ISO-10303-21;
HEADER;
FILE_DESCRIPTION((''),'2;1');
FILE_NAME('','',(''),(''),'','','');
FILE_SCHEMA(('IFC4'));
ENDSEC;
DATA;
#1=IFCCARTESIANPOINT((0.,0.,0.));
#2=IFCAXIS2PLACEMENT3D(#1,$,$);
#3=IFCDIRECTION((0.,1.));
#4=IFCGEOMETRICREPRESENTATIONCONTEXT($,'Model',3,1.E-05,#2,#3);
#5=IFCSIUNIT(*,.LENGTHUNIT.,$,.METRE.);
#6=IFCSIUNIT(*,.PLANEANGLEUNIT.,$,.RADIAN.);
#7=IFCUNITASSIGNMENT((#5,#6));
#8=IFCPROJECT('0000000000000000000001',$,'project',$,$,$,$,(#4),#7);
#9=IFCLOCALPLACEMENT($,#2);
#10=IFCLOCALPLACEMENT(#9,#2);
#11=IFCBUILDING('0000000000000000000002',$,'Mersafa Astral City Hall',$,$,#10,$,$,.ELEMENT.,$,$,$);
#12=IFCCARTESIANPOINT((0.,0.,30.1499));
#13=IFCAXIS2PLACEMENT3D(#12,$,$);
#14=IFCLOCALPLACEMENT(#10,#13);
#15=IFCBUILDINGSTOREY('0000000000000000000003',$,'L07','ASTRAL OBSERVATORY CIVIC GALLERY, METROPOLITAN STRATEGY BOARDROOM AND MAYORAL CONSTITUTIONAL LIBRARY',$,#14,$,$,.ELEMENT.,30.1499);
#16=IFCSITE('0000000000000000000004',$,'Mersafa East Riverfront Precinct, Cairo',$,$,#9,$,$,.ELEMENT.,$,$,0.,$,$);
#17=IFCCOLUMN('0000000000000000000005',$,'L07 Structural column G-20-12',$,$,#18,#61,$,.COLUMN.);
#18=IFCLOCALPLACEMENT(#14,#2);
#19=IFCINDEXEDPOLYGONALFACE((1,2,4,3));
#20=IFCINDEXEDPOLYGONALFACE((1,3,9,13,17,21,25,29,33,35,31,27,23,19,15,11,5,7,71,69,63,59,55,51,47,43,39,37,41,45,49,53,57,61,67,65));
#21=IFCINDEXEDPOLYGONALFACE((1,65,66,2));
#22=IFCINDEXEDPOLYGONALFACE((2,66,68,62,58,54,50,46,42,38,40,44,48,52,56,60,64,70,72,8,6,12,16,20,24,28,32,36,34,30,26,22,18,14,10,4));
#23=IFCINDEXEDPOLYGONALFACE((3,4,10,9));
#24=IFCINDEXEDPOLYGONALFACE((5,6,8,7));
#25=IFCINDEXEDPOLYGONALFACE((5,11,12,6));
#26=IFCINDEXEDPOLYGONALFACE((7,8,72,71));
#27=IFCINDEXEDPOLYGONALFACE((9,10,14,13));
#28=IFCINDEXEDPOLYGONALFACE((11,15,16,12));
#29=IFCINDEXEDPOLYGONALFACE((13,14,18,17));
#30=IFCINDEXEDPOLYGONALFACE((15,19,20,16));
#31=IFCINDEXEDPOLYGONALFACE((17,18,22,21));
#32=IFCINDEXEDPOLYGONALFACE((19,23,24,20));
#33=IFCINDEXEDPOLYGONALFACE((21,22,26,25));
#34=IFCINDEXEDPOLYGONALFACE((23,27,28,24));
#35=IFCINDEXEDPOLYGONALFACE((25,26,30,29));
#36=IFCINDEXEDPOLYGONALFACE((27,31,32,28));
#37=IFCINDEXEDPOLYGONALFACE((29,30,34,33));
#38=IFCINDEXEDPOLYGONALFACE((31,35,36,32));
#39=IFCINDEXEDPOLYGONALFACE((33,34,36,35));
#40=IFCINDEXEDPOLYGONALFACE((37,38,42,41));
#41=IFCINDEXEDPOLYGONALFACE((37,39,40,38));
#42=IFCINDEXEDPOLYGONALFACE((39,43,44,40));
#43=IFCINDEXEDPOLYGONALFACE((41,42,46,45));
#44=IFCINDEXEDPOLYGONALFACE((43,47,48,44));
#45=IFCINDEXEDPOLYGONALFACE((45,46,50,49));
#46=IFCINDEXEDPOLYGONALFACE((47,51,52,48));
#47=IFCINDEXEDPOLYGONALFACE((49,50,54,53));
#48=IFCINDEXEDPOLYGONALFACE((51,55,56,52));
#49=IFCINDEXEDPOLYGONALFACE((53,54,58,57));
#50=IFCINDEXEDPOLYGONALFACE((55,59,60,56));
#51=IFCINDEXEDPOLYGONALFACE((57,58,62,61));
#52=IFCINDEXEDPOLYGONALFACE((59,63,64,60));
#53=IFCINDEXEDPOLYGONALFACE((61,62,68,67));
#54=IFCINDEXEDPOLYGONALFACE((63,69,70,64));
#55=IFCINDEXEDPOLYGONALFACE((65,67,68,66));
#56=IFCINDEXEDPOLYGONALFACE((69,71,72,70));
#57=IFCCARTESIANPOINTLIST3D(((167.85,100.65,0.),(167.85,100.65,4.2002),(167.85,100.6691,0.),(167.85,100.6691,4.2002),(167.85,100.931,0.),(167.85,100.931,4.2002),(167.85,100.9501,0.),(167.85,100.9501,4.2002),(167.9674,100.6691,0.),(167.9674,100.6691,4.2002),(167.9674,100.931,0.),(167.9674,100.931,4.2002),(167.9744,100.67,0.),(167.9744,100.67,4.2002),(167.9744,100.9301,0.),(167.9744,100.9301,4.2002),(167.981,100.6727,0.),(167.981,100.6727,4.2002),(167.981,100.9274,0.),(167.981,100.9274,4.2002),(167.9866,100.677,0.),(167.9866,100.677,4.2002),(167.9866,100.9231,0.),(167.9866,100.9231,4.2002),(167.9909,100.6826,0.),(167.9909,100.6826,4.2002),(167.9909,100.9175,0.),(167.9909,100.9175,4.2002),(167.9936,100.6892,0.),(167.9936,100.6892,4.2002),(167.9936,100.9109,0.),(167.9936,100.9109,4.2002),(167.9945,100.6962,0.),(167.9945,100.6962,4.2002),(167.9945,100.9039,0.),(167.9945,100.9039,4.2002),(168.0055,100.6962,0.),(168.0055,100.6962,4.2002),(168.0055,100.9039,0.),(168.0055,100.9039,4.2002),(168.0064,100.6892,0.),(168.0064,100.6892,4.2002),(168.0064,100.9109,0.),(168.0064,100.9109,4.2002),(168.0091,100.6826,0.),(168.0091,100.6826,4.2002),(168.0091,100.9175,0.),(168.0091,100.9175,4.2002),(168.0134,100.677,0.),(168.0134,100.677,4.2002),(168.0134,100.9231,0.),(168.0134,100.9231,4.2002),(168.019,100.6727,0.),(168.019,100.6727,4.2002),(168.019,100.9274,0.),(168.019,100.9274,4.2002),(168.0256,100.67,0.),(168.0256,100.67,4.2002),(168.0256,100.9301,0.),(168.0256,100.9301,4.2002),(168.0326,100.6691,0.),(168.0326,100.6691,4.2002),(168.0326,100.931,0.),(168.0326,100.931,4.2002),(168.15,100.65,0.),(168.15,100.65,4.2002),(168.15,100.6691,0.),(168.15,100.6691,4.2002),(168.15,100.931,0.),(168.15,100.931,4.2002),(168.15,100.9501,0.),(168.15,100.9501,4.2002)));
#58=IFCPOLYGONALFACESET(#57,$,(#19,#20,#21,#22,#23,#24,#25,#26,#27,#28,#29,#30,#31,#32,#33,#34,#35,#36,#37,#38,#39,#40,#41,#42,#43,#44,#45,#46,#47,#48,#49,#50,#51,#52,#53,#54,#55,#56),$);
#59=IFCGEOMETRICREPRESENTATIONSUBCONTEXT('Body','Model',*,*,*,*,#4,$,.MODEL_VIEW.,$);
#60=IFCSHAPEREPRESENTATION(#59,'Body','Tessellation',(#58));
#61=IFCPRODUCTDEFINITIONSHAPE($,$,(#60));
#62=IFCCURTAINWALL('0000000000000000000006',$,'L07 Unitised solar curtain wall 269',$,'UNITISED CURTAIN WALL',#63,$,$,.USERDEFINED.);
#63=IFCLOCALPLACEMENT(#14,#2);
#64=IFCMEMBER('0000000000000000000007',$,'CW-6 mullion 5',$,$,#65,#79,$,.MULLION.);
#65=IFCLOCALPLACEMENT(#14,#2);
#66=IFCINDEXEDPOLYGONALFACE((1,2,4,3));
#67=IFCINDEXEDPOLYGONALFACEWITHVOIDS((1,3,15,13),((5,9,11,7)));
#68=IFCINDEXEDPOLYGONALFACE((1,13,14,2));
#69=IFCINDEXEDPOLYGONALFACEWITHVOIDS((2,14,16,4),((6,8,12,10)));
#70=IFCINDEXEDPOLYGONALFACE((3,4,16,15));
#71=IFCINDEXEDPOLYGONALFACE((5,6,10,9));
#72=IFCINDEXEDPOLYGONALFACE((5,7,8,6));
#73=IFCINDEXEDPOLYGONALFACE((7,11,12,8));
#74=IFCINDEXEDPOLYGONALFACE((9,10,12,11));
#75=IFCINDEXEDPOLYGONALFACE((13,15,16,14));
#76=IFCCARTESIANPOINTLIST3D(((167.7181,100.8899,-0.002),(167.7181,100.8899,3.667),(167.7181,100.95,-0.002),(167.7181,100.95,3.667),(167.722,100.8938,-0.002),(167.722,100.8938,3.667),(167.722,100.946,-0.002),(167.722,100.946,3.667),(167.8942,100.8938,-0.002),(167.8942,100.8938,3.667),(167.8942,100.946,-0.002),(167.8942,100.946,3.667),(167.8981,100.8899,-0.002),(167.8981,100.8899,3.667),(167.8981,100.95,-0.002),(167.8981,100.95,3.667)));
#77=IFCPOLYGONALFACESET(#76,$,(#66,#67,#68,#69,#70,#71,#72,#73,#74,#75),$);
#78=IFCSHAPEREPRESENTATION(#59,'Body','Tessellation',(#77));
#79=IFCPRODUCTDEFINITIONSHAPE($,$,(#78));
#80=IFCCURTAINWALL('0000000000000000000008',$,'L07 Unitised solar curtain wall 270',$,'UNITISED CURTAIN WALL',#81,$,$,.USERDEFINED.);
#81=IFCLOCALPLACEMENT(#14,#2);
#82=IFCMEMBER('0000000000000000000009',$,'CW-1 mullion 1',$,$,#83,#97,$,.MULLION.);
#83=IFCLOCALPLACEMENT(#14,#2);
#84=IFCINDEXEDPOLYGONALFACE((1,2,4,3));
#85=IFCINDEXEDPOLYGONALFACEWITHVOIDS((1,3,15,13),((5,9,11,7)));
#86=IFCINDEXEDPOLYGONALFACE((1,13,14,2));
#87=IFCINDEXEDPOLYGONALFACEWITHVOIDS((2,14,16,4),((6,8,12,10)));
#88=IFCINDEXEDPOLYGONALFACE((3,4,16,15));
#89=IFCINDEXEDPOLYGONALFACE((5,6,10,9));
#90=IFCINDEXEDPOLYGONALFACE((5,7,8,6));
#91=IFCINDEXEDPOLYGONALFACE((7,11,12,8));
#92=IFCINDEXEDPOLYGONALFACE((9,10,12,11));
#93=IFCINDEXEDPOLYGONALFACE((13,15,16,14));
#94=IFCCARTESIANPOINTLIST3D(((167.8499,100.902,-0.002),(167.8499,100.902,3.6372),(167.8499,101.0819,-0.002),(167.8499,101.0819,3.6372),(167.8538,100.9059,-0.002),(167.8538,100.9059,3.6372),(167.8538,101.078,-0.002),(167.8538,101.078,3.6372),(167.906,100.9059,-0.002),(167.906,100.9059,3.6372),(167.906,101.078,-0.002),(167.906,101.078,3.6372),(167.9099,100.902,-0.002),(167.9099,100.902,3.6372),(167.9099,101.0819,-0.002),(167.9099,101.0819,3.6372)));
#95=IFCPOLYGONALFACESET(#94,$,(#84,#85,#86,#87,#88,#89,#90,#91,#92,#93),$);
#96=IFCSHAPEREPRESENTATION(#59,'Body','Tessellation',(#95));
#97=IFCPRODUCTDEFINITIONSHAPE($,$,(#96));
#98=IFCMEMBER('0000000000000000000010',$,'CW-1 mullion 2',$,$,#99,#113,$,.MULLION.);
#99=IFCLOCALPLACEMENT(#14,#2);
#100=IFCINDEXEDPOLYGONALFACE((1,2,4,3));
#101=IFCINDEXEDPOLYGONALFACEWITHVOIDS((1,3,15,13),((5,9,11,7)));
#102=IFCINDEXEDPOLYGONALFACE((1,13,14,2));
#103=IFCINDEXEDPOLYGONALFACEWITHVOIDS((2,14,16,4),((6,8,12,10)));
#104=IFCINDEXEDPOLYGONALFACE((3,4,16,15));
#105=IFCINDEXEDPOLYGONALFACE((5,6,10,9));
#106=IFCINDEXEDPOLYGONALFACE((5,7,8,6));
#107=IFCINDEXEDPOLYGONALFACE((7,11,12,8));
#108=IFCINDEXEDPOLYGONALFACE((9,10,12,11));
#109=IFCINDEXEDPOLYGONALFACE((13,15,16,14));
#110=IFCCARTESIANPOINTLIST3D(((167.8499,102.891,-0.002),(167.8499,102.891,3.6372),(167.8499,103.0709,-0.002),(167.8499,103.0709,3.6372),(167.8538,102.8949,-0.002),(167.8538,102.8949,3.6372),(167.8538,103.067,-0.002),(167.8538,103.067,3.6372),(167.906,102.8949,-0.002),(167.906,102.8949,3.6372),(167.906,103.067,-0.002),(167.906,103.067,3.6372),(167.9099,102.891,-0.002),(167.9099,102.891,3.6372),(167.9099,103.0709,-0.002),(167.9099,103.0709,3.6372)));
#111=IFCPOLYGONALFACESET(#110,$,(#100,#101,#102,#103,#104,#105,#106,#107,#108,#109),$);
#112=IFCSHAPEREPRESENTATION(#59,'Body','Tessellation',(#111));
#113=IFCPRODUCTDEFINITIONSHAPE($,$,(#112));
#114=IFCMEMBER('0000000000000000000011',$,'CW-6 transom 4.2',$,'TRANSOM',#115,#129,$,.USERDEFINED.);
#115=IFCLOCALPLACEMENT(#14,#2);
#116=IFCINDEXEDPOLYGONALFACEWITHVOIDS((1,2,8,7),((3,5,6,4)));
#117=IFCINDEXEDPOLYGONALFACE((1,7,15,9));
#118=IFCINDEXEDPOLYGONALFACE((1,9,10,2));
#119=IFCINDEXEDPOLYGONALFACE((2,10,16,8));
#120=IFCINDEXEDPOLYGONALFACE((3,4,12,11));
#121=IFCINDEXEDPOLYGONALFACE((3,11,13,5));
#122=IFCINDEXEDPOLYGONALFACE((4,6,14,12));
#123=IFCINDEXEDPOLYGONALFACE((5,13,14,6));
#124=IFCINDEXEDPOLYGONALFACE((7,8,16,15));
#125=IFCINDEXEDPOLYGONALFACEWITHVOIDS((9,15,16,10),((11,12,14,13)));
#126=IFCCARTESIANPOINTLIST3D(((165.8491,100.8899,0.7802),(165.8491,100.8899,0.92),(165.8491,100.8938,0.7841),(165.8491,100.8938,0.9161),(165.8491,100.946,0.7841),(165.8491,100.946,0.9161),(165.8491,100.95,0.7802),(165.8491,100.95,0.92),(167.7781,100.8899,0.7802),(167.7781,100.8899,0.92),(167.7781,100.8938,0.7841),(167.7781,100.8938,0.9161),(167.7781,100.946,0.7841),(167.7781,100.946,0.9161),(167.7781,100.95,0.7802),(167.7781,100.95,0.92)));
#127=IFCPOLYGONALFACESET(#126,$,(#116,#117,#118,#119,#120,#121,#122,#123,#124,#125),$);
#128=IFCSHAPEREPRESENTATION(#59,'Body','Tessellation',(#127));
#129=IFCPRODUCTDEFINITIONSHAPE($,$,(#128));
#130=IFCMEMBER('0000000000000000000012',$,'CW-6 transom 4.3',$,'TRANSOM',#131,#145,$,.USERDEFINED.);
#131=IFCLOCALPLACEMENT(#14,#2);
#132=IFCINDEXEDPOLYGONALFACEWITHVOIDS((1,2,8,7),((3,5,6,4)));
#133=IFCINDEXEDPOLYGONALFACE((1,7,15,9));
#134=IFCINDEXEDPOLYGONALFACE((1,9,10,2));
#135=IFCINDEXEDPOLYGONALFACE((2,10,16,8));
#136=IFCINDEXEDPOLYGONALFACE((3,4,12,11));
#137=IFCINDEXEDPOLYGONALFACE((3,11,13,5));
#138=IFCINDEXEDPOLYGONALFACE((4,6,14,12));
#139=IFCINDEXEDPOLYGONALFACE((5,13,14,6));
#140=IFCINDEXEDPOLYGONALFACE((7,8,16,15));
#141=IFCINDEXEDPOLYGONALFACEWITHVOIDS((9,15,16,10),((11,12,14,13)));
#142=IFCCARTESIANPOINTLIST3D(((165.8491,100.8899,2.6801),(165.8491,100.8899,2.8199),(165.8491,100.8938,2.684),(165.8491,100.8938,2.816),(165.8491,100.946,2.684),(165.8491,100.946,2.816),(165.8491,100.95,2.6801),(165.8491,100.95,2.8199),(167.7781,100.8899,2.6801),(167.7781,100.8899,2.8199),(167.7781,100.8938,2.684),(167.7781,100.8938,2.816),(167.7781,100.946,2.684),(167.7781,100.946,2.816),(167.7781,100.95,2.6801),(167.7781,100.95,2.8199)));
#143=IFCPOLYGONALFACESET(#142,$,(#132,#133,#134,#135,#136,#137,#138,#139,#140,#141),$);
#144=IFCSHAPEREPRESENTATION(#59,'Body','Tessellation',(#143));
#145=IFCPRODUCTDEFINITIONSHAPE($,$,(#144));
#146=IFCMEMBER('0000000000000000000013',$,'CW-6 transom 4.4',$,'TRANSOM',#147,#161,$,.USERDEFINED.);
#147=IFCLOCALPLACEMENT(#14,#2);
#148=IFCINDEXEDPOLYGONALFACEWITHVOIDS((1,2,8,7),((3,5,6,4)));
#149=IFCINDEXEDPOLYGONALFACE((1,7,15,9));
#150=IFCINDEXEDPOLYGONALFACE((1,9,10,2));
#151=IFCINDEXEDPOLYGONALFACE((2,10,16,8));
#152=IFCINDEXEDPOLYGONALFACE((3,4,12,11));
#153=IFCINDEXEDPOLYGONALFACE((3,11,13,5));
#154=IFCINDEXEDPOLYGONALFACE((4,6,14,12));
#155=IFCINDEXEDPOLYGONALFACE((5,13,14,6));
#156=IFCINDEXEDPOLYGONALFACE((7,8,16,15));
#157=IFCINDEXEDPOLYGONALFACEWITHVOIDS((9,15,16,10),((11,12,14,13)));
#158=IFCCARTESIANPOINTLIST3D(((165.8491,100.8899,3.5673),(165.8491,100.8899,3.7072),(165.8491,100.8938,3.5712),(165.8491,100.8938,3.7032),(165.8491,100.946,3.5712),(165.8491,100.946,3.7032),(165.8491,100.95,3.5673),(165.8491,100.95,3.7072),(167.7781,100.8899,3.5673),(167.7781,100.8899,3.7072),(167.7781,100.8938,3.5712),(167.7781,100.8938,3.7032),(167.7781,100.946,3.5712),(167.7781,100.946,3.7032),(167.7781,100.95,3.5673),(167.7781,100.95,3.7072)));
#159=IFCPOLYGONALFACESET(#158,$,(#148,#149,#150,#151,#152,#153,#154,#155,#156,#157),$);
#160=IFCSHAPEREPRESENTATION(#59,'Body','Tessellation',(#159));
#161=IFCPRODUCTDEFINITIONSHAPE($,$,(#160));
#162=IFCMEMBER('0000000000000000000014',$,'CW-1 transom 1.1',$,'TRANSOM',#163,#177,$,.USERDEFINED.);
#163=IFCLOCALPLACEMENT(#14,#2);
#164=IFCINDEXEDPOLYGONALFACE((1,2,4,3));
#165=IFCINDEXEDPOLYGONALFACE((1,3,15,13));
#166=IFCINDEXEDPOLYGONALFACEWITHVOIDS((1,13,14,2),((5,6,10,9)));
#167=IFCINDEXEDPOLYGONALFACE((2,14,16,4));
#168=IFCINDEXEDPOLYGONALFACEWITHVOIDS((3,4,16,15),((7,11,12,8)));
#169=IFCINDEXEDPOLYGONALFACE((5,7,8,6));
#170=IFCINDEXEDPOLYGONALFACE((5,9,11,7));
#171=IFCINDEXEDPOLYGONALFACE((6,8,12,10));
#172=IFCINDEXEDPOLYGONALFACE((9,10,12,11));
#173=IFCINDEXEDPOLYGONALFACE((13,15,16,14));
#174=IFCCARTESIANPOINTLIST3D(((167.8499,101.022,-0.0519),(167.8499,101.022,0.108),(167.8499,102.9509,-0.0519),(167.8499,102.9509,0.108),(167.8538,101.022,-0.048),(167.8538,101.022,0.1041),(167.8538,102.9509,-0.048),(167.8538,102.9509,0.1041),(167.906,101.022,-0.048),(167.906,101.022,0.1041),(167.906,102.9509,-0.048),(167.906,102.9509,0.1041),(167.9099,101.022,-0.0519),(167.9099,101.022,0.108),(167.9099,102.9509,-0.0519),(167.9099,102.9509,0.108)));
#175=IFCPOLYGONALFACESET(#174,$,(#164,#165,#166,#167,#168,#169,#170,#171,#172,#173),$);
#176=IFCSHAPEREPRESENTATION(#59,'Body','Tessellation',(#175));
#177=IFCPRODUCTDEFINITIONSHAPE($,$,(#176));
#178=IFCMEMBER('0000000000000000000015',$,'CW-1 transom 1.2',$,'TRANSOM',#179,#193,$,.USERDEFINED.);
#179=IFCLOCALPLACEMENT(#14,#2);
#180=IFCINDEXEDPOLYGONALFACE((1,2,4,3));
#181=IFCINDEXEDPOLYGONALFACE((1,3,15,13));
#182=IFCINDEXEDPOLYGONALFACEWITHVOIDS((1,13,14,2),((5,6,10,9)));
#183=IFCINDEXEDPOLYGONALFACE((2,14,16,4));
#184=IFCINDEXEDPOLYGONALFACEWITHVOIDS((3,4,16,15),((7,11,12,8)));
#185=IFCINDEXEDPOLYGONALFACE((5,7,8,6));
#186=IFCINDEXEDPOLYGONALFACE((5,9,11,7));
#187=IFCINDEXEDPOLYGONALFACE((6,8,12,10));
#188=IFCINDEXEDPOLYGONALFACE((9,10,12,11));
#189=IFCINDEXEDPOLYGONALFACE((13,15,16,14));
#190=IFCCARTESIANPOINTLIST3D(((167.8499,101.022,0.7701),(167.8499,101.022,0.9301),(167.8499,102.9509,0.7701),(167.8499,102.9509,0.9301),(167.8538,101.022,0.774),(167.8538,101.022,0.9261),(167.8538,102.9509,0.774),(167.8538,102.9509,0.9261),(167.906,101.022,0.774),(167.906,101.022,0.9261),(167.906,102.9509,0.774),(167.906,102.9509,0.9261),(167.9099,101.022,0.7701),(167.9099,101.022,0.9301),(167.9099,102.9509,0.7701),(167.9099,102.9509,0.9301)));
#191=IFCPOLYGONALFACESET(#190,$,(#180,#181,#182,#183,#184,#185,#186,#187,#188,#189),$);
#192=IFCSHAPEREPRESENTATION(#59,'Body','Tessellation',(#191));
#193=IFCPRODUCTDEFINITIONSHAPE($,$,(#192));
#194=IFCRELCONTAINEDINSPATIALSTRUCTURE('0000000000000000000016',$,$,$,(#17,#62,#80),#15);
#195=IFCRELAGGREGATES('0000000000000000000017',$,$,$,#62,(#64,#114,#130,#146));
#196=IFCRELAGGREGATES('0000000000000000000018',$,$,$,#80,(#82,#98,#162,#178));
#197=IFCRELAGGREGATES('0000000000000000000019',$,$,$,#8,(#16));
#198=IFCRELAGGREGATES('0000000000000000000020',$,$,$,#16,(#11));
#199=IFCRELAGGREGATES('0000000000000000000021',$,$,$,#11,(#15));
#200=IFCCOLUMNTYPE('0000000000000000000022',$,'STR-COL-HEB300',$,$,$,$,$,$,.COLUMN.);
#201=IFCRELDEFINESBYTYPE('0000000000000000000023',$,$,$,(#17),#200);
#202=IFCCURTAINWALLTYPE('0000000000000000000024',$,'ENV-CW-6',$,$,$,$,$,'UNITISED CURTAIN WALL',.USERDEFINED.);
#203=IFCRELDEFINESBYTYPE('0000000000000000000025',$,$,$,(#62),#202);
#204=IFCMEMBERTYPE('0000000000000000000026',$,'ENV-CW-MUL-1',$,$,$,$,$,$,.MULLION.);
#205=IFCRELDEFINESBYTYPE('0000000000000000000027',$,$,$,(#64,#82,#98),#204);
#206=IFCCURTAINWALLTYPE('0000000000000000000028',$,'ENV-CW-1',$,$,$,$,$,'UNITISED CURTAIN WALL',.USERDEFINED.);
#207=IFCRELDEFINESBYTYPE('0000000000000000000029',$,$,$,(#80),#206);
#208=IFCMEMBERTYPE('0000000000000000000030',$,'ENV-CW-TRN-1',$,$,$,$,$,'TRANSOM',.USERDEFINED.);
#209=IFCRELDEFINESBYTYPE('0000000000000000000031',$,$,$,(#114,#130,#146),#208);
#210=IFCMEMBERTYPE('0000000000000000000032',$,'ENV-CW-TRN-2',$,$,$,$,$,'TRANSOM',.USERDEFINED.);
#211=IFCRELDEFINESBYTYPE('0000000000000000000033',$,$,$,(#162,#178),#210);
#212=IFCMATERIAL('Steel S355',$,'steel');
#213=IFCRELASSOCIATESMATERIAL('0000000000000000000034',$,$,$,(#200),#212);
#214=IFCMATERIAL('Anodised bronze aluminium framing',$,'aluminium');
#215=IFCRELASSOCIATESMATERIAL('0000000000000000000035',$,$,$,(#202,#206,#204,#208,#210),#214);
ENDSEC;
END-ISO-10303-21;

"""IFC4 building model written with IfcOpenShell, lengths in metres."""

from ifc_helpers import new_model, si_unit, direction, frame, origin, origin_2d, place, context, subcontext, project, spatial, hollow_rectangle, i_section, extrude, material, material_profile, profile_set, type_object, element, aggregate, save


model = new_model("IFC4")

# Units and contexts
model_context = context("Model", 3, precision=1e-05, world=origin(), true_north=direction((0.0, 1.0)))
body_context = subcontext(model_context, "Body", "Model", "MODEL_VIEW")
ifc_project = project(units=[si_unit("LENGTHUNIT", "METRE"), si_unit("PLANEANGLEUNIT", "RADIAN")], contexts=[model_context])

# Site, building, storey
site_placement = place(None, origin())
site = spatial("IfcSite", under=ifc_project, at=site_placement, Name="Mersafa East Riverfront Precinct, Cairo", CompositionType="ELEMENT", RefElevation=0.0)
building_placement = place(site_placement, origin())
building = spatial("IfcBuilding", under=site, at=building_placement, Name="Mersafa Astral City Hall", CompositionType="ELEMENT")
storey_placement = place(building_placement, frame((0.0, 0.0, 30.1499)))
storey = spatial("IfcBuildingStorey", under=building, at=storey_placement, Name="L07", Description="ASTRAL OBSERVATORY CIVIC GALLERY, METROPOLITAN STRATEGY BOARDROOM AND MAYORAL CONSTITUTIONAL LIBRARY", CompositionType="ELEMENT", Elevation=30.1499)

# Column
ifc_material_1 = material(Name="Steel S355", Category="steel")
ifc_material_profile_1 = material_profile(ifc_material_1, i_section(OverallWidth=0.3, OverallDepth=0.3, WebThickness=0.011, FlangeThickness=0.019, FilletRadius=0.0271, at=origin_2d()), Name="HEB 300")
ifc_profile_set_1 = profile_set([ifc_material_profile_1], Name="Steel S355")
column_type = type_object("IfcColumnType", Name="STR-COL-HEB300", PredefinedType="COLUMN", material=ifc_profile_set_1)
column_placement = place(storey_placement, frame((168.0, 100.8, 0.0), z_axis=(0.0, 0.0, 1.0), x_axis=(1.0, 0.0, 0.0)))
element("IfcColumn", 1, at=column_placement, inside=storey, type_object=column_type, Name="L07 Structural column G-20-12", PredefinedType="COLUMN", context=body_context, shape_type="SweptSolid", body=[
    extrude(i_section(OverallWidth=0.3, OverallDepth=0.3, WebThickness=0.011, FlangeThickness=0.019, FilletRadius=0.0271, at=origin_2d()), origin(), (0.0, 0.0, 1.0), 4.2002),
])

# Curtain wall, member
ifc_material_2 = material(Name="Anodised bronze aluminium framing", Category="aluminium")
curtain_wall_type_1 = type_object("IfcCurtainWallType", Name="ENV-CW-6", ElementType="UNITISED CURTAIN WALL", PredefinedType="USERDEFINED", material=ifc_material_2)
curtain_wall_1_placement = place(storey_placement, origin())
curtain_wall_1 = element("IfcCurtainWall", 2, at=curtain_wall_1_placement, inside=storey, type_object=curtain_wall_type_1, Name="L07 Unitised solar curtain wall 269", ObjectType="UNITISED CURTAIN WALL", PredefinedType="USERDEFINED")
ifc_material_profile_2 = material_profile(ifc_material_2, hollow_rectangle(XDim=0.0601, YDim=0.1799, WallThickness=0.0039, at=origin_2d()), Name="RHS 60x180x4")
ifc_profile_set_2 = profile_set([ifc_material_profile_2], Name="Anodised bronze aluminium framing")
member_type_1 = type_object("IfcMemberType", Name="ENV-CW-MUL-1", PredefinedType="MULLION", material=ifc_profile_set_2)
member_1_placement = place(storey_placement, frame((167.8081, 100.9199, -0.002), z_axis=(0.0, 0.0, 1.0), x_axis=(0.0, 1.0, 0.0)))
member_1 = element("IfcMember", 3, at=member_1_placement, type_object=member_type_1, Name="CW-6 mullion 5", PredefinedType="MULLION", context=body_context, shape_type="SweptSolid", body=[
    extrude(hollow_rectangle(XDim=0.0601, YDim=0.1799, WallThickness=0.0039, at=origin_2d()), origin(), (0.0, 0.0, 1.0), 3.6689),
])

# Curtain wall, members
curtain_wall_type_2 = type_object("IfcCurtainWallType", Name="ENV-CW-1", ElementType="UNITISED CURTAIN WALL", PredefinedType="USERDEFINED", material=ifc_material_2)
curtain_wall_2_placement = place(storey_placement, origin())
curtain_wall_2 = element("IfcCurtainWall", 4, at=curtain_wall_2_placement, inside=storey, type_object=curtain_wall_type_2, Name="L07 Unitised solar curtain wall 270", ObjectType="UNITISED CURTAIN WALL", PredefinedType="USERDEFINED")
member_2_placement = place(storey_placement, frame((167.8799, 100.9919, -0.002), z_axis=(0.0, 0.0, 1.0), x_axis=(-1.0, 0.0, 0.0)))
member_2 = element("IfcMember", 5, at=member_2_placement, type_object=member_type_1, Name="CW-1 mullion 1", PredefinedType="MULLION", context=body_context, shape_type="SweptSolid", body=[
    extrude(hollow_rectangle(XDim=0.0601, YDim=0.1799, WallThickness=0.0039, at=origin_2d()), origin(), (0.0, 0.0, 1.0), 3.6392),
])
member_3_placement = place(storey_placement, frame((167.8799, 102.981, -0.002), z_axis=(0.0, 0.0, 1.0), x_axis=(-1.0, 0.0, 0.0)))
member_3 = element("IfcMember", 6, at=member_3_placement, type_object=member_type_1, Name="CW-1 mullion 2", PredefinedType="MULLION", context=body_context, shape_type="SweptSolid", body=[
    extrude(hollow_rectangle(XDim=0.0601, YDim=0.1799, WallThickness=0.0039, at=origin_2d()), origin(), (0.0, 0.0, 1.0), 3.6392),
])

# Members
ifc_material_profile_3 = material_profile(ifc_material_2, hollow_rectangle(XDim=0.0601, YDim=0.1399, WallThickness=0.0039, at=origin_2d()), Name="RHS 60x140x4")
ifc_profile_set_3 = profile_set([ifc_material_profile_3], Name="Anodised bronze aluminium framing")
member_type_2 = type_object("IfcMemberType", Name="ENV-CW-TRN-1", ElementType="TRANSOM", PredefinedType="USERDEFINED", material=ifc_profile_set_3)
member_4_placement = place(storey_placement, frame((165.8491, 100.9199, 0.8501), z_axis=(1.0, 0.0, 0.0), x_axis=(0.0, 1.0, 0.0)))
member_4 = element("IfcMember", 7, at=member_4_placement, type_object=member_type_2, Name="CW-6 transom 4.2", ObjectType="TRANSOM", PredefinedType="USERDEFINED", context=body_context, shape_type="SweptSolid", body=[
    extrude(hollow_rectangle(XDim=0.0601, YDim=0.1399, WallThickness=0.0039, at=origin_2d()), origin(), (0.0, 0.0, 1.0), 1.929),
])
member_5_placement = place(storey_placement, frame((165.8491, 100.9199, 2.75), z_axis=(1.0, 0.0, 0.0), x_axis=(0.0, 1.0, 0.0)))
member_5 = element("IfcMember", 8, at=member_5_placement, type_object=member_type_2, Name="CW-6 transom 4.3", ObjectType="TRANSOM", PredefinedType="USERDEFINED", context=body_context, shape_type="SweptSolid", body=[
    extrude(hollow_rectangle(XDim=0.0601, YDim=0.1399, WallThickness=0.0039, at=origin_2d()), origin(), (0.0, 0.0, 1.0), 1.929),
])
member_6_placement = place(storey_placement, frame((165.8491, 100.9199, 3.6372), z_axis=(1.0, 0.0, 0.0), x_axis=(0.0, 1.0, 0.0)))
member_6 = element("IfcMember", 9, at=member_6_placement, type_object=member_type_2, Name="CW-6 transom 4.4", ObjectType="TRANSOM", PredefinedType="USERDEFINED", context=body_context, shape_type="SweptSolid", body=[
    extrude(hollow_rectangle(XDim=0.0601, YDim=0.1399, WallThickness=0.0039, at=origin_2d()), origin(), (0.0, 0.0, 1.0), 1.929),
])
ifc_material_profile_4 = material_profile(ifc_material_2, hollow_rectangle(XDim=0.0601, YDim=0.1599, WallThickness=0.0039, at=origin_2d()), Name="RHS 60x160x4")
ifc_profile_set_4 = profile_set([ifc_material_profile_4], Name="Anodised bronze aluminium framing")
member_type_3 = type_object("IfcMemberType", Name="ENV-CW-TRN-2", ElementType="TRANSOM", PredefinedType="USERDEFINED", material=ifc_profile_set_4)
member_7_placement = place(storey_placement, frame((167.8799, 101.022, 0.0281), z_axis=(0.0, 1.0, 0.0), x_axis=(-1.0, 0.0, 0.0)))
member_7 = element("IfcMember", 10, at=member_7_placement, type_object=member_type_3, Name="CW-1 transom 1.1", ObjectType="TRANSOM", PredefinedType="USERDEFINED", context=body_context, shape_type="SweptSolid", body=[
    extrude(hollow_rectangle(XDim=0.0601, YDim=0.1599, WallThickness=0.0039, at=origin_2d()), origin(), (0.0, 0.0, 1.0), 1.929),
])
member_8_placement = place(storey_placement, frame((167.8799, 101.022, 0.8501), z_axis=(0.0, 1.0, 0.0), x_axis=(-1.0, 0.0, 0.0)))
member_8 = element("IfcMember", 11, at=member_8_placement, type_object=member_type_3, Name="CW-1 transom 1.2", ObjectType="TRANSOM", PredefinedType="USERDEFINED", context=body_context, shape_type="SweptSolid", body=[
    extrude(hollow_rectangle(XDim=0.0601, YDim=0.1599, WallThickness=0.0039, at=origin_2d()), origin(), (0.0, 0.0, 1.0), 1.929),
])

aggregate(curtain_wall_1, [member_1, member_4, member_5, member_6])
aggregate(curtain_wall_2, [member_2, member_3, member_7, member_8])

save(model, "model.ifc")
